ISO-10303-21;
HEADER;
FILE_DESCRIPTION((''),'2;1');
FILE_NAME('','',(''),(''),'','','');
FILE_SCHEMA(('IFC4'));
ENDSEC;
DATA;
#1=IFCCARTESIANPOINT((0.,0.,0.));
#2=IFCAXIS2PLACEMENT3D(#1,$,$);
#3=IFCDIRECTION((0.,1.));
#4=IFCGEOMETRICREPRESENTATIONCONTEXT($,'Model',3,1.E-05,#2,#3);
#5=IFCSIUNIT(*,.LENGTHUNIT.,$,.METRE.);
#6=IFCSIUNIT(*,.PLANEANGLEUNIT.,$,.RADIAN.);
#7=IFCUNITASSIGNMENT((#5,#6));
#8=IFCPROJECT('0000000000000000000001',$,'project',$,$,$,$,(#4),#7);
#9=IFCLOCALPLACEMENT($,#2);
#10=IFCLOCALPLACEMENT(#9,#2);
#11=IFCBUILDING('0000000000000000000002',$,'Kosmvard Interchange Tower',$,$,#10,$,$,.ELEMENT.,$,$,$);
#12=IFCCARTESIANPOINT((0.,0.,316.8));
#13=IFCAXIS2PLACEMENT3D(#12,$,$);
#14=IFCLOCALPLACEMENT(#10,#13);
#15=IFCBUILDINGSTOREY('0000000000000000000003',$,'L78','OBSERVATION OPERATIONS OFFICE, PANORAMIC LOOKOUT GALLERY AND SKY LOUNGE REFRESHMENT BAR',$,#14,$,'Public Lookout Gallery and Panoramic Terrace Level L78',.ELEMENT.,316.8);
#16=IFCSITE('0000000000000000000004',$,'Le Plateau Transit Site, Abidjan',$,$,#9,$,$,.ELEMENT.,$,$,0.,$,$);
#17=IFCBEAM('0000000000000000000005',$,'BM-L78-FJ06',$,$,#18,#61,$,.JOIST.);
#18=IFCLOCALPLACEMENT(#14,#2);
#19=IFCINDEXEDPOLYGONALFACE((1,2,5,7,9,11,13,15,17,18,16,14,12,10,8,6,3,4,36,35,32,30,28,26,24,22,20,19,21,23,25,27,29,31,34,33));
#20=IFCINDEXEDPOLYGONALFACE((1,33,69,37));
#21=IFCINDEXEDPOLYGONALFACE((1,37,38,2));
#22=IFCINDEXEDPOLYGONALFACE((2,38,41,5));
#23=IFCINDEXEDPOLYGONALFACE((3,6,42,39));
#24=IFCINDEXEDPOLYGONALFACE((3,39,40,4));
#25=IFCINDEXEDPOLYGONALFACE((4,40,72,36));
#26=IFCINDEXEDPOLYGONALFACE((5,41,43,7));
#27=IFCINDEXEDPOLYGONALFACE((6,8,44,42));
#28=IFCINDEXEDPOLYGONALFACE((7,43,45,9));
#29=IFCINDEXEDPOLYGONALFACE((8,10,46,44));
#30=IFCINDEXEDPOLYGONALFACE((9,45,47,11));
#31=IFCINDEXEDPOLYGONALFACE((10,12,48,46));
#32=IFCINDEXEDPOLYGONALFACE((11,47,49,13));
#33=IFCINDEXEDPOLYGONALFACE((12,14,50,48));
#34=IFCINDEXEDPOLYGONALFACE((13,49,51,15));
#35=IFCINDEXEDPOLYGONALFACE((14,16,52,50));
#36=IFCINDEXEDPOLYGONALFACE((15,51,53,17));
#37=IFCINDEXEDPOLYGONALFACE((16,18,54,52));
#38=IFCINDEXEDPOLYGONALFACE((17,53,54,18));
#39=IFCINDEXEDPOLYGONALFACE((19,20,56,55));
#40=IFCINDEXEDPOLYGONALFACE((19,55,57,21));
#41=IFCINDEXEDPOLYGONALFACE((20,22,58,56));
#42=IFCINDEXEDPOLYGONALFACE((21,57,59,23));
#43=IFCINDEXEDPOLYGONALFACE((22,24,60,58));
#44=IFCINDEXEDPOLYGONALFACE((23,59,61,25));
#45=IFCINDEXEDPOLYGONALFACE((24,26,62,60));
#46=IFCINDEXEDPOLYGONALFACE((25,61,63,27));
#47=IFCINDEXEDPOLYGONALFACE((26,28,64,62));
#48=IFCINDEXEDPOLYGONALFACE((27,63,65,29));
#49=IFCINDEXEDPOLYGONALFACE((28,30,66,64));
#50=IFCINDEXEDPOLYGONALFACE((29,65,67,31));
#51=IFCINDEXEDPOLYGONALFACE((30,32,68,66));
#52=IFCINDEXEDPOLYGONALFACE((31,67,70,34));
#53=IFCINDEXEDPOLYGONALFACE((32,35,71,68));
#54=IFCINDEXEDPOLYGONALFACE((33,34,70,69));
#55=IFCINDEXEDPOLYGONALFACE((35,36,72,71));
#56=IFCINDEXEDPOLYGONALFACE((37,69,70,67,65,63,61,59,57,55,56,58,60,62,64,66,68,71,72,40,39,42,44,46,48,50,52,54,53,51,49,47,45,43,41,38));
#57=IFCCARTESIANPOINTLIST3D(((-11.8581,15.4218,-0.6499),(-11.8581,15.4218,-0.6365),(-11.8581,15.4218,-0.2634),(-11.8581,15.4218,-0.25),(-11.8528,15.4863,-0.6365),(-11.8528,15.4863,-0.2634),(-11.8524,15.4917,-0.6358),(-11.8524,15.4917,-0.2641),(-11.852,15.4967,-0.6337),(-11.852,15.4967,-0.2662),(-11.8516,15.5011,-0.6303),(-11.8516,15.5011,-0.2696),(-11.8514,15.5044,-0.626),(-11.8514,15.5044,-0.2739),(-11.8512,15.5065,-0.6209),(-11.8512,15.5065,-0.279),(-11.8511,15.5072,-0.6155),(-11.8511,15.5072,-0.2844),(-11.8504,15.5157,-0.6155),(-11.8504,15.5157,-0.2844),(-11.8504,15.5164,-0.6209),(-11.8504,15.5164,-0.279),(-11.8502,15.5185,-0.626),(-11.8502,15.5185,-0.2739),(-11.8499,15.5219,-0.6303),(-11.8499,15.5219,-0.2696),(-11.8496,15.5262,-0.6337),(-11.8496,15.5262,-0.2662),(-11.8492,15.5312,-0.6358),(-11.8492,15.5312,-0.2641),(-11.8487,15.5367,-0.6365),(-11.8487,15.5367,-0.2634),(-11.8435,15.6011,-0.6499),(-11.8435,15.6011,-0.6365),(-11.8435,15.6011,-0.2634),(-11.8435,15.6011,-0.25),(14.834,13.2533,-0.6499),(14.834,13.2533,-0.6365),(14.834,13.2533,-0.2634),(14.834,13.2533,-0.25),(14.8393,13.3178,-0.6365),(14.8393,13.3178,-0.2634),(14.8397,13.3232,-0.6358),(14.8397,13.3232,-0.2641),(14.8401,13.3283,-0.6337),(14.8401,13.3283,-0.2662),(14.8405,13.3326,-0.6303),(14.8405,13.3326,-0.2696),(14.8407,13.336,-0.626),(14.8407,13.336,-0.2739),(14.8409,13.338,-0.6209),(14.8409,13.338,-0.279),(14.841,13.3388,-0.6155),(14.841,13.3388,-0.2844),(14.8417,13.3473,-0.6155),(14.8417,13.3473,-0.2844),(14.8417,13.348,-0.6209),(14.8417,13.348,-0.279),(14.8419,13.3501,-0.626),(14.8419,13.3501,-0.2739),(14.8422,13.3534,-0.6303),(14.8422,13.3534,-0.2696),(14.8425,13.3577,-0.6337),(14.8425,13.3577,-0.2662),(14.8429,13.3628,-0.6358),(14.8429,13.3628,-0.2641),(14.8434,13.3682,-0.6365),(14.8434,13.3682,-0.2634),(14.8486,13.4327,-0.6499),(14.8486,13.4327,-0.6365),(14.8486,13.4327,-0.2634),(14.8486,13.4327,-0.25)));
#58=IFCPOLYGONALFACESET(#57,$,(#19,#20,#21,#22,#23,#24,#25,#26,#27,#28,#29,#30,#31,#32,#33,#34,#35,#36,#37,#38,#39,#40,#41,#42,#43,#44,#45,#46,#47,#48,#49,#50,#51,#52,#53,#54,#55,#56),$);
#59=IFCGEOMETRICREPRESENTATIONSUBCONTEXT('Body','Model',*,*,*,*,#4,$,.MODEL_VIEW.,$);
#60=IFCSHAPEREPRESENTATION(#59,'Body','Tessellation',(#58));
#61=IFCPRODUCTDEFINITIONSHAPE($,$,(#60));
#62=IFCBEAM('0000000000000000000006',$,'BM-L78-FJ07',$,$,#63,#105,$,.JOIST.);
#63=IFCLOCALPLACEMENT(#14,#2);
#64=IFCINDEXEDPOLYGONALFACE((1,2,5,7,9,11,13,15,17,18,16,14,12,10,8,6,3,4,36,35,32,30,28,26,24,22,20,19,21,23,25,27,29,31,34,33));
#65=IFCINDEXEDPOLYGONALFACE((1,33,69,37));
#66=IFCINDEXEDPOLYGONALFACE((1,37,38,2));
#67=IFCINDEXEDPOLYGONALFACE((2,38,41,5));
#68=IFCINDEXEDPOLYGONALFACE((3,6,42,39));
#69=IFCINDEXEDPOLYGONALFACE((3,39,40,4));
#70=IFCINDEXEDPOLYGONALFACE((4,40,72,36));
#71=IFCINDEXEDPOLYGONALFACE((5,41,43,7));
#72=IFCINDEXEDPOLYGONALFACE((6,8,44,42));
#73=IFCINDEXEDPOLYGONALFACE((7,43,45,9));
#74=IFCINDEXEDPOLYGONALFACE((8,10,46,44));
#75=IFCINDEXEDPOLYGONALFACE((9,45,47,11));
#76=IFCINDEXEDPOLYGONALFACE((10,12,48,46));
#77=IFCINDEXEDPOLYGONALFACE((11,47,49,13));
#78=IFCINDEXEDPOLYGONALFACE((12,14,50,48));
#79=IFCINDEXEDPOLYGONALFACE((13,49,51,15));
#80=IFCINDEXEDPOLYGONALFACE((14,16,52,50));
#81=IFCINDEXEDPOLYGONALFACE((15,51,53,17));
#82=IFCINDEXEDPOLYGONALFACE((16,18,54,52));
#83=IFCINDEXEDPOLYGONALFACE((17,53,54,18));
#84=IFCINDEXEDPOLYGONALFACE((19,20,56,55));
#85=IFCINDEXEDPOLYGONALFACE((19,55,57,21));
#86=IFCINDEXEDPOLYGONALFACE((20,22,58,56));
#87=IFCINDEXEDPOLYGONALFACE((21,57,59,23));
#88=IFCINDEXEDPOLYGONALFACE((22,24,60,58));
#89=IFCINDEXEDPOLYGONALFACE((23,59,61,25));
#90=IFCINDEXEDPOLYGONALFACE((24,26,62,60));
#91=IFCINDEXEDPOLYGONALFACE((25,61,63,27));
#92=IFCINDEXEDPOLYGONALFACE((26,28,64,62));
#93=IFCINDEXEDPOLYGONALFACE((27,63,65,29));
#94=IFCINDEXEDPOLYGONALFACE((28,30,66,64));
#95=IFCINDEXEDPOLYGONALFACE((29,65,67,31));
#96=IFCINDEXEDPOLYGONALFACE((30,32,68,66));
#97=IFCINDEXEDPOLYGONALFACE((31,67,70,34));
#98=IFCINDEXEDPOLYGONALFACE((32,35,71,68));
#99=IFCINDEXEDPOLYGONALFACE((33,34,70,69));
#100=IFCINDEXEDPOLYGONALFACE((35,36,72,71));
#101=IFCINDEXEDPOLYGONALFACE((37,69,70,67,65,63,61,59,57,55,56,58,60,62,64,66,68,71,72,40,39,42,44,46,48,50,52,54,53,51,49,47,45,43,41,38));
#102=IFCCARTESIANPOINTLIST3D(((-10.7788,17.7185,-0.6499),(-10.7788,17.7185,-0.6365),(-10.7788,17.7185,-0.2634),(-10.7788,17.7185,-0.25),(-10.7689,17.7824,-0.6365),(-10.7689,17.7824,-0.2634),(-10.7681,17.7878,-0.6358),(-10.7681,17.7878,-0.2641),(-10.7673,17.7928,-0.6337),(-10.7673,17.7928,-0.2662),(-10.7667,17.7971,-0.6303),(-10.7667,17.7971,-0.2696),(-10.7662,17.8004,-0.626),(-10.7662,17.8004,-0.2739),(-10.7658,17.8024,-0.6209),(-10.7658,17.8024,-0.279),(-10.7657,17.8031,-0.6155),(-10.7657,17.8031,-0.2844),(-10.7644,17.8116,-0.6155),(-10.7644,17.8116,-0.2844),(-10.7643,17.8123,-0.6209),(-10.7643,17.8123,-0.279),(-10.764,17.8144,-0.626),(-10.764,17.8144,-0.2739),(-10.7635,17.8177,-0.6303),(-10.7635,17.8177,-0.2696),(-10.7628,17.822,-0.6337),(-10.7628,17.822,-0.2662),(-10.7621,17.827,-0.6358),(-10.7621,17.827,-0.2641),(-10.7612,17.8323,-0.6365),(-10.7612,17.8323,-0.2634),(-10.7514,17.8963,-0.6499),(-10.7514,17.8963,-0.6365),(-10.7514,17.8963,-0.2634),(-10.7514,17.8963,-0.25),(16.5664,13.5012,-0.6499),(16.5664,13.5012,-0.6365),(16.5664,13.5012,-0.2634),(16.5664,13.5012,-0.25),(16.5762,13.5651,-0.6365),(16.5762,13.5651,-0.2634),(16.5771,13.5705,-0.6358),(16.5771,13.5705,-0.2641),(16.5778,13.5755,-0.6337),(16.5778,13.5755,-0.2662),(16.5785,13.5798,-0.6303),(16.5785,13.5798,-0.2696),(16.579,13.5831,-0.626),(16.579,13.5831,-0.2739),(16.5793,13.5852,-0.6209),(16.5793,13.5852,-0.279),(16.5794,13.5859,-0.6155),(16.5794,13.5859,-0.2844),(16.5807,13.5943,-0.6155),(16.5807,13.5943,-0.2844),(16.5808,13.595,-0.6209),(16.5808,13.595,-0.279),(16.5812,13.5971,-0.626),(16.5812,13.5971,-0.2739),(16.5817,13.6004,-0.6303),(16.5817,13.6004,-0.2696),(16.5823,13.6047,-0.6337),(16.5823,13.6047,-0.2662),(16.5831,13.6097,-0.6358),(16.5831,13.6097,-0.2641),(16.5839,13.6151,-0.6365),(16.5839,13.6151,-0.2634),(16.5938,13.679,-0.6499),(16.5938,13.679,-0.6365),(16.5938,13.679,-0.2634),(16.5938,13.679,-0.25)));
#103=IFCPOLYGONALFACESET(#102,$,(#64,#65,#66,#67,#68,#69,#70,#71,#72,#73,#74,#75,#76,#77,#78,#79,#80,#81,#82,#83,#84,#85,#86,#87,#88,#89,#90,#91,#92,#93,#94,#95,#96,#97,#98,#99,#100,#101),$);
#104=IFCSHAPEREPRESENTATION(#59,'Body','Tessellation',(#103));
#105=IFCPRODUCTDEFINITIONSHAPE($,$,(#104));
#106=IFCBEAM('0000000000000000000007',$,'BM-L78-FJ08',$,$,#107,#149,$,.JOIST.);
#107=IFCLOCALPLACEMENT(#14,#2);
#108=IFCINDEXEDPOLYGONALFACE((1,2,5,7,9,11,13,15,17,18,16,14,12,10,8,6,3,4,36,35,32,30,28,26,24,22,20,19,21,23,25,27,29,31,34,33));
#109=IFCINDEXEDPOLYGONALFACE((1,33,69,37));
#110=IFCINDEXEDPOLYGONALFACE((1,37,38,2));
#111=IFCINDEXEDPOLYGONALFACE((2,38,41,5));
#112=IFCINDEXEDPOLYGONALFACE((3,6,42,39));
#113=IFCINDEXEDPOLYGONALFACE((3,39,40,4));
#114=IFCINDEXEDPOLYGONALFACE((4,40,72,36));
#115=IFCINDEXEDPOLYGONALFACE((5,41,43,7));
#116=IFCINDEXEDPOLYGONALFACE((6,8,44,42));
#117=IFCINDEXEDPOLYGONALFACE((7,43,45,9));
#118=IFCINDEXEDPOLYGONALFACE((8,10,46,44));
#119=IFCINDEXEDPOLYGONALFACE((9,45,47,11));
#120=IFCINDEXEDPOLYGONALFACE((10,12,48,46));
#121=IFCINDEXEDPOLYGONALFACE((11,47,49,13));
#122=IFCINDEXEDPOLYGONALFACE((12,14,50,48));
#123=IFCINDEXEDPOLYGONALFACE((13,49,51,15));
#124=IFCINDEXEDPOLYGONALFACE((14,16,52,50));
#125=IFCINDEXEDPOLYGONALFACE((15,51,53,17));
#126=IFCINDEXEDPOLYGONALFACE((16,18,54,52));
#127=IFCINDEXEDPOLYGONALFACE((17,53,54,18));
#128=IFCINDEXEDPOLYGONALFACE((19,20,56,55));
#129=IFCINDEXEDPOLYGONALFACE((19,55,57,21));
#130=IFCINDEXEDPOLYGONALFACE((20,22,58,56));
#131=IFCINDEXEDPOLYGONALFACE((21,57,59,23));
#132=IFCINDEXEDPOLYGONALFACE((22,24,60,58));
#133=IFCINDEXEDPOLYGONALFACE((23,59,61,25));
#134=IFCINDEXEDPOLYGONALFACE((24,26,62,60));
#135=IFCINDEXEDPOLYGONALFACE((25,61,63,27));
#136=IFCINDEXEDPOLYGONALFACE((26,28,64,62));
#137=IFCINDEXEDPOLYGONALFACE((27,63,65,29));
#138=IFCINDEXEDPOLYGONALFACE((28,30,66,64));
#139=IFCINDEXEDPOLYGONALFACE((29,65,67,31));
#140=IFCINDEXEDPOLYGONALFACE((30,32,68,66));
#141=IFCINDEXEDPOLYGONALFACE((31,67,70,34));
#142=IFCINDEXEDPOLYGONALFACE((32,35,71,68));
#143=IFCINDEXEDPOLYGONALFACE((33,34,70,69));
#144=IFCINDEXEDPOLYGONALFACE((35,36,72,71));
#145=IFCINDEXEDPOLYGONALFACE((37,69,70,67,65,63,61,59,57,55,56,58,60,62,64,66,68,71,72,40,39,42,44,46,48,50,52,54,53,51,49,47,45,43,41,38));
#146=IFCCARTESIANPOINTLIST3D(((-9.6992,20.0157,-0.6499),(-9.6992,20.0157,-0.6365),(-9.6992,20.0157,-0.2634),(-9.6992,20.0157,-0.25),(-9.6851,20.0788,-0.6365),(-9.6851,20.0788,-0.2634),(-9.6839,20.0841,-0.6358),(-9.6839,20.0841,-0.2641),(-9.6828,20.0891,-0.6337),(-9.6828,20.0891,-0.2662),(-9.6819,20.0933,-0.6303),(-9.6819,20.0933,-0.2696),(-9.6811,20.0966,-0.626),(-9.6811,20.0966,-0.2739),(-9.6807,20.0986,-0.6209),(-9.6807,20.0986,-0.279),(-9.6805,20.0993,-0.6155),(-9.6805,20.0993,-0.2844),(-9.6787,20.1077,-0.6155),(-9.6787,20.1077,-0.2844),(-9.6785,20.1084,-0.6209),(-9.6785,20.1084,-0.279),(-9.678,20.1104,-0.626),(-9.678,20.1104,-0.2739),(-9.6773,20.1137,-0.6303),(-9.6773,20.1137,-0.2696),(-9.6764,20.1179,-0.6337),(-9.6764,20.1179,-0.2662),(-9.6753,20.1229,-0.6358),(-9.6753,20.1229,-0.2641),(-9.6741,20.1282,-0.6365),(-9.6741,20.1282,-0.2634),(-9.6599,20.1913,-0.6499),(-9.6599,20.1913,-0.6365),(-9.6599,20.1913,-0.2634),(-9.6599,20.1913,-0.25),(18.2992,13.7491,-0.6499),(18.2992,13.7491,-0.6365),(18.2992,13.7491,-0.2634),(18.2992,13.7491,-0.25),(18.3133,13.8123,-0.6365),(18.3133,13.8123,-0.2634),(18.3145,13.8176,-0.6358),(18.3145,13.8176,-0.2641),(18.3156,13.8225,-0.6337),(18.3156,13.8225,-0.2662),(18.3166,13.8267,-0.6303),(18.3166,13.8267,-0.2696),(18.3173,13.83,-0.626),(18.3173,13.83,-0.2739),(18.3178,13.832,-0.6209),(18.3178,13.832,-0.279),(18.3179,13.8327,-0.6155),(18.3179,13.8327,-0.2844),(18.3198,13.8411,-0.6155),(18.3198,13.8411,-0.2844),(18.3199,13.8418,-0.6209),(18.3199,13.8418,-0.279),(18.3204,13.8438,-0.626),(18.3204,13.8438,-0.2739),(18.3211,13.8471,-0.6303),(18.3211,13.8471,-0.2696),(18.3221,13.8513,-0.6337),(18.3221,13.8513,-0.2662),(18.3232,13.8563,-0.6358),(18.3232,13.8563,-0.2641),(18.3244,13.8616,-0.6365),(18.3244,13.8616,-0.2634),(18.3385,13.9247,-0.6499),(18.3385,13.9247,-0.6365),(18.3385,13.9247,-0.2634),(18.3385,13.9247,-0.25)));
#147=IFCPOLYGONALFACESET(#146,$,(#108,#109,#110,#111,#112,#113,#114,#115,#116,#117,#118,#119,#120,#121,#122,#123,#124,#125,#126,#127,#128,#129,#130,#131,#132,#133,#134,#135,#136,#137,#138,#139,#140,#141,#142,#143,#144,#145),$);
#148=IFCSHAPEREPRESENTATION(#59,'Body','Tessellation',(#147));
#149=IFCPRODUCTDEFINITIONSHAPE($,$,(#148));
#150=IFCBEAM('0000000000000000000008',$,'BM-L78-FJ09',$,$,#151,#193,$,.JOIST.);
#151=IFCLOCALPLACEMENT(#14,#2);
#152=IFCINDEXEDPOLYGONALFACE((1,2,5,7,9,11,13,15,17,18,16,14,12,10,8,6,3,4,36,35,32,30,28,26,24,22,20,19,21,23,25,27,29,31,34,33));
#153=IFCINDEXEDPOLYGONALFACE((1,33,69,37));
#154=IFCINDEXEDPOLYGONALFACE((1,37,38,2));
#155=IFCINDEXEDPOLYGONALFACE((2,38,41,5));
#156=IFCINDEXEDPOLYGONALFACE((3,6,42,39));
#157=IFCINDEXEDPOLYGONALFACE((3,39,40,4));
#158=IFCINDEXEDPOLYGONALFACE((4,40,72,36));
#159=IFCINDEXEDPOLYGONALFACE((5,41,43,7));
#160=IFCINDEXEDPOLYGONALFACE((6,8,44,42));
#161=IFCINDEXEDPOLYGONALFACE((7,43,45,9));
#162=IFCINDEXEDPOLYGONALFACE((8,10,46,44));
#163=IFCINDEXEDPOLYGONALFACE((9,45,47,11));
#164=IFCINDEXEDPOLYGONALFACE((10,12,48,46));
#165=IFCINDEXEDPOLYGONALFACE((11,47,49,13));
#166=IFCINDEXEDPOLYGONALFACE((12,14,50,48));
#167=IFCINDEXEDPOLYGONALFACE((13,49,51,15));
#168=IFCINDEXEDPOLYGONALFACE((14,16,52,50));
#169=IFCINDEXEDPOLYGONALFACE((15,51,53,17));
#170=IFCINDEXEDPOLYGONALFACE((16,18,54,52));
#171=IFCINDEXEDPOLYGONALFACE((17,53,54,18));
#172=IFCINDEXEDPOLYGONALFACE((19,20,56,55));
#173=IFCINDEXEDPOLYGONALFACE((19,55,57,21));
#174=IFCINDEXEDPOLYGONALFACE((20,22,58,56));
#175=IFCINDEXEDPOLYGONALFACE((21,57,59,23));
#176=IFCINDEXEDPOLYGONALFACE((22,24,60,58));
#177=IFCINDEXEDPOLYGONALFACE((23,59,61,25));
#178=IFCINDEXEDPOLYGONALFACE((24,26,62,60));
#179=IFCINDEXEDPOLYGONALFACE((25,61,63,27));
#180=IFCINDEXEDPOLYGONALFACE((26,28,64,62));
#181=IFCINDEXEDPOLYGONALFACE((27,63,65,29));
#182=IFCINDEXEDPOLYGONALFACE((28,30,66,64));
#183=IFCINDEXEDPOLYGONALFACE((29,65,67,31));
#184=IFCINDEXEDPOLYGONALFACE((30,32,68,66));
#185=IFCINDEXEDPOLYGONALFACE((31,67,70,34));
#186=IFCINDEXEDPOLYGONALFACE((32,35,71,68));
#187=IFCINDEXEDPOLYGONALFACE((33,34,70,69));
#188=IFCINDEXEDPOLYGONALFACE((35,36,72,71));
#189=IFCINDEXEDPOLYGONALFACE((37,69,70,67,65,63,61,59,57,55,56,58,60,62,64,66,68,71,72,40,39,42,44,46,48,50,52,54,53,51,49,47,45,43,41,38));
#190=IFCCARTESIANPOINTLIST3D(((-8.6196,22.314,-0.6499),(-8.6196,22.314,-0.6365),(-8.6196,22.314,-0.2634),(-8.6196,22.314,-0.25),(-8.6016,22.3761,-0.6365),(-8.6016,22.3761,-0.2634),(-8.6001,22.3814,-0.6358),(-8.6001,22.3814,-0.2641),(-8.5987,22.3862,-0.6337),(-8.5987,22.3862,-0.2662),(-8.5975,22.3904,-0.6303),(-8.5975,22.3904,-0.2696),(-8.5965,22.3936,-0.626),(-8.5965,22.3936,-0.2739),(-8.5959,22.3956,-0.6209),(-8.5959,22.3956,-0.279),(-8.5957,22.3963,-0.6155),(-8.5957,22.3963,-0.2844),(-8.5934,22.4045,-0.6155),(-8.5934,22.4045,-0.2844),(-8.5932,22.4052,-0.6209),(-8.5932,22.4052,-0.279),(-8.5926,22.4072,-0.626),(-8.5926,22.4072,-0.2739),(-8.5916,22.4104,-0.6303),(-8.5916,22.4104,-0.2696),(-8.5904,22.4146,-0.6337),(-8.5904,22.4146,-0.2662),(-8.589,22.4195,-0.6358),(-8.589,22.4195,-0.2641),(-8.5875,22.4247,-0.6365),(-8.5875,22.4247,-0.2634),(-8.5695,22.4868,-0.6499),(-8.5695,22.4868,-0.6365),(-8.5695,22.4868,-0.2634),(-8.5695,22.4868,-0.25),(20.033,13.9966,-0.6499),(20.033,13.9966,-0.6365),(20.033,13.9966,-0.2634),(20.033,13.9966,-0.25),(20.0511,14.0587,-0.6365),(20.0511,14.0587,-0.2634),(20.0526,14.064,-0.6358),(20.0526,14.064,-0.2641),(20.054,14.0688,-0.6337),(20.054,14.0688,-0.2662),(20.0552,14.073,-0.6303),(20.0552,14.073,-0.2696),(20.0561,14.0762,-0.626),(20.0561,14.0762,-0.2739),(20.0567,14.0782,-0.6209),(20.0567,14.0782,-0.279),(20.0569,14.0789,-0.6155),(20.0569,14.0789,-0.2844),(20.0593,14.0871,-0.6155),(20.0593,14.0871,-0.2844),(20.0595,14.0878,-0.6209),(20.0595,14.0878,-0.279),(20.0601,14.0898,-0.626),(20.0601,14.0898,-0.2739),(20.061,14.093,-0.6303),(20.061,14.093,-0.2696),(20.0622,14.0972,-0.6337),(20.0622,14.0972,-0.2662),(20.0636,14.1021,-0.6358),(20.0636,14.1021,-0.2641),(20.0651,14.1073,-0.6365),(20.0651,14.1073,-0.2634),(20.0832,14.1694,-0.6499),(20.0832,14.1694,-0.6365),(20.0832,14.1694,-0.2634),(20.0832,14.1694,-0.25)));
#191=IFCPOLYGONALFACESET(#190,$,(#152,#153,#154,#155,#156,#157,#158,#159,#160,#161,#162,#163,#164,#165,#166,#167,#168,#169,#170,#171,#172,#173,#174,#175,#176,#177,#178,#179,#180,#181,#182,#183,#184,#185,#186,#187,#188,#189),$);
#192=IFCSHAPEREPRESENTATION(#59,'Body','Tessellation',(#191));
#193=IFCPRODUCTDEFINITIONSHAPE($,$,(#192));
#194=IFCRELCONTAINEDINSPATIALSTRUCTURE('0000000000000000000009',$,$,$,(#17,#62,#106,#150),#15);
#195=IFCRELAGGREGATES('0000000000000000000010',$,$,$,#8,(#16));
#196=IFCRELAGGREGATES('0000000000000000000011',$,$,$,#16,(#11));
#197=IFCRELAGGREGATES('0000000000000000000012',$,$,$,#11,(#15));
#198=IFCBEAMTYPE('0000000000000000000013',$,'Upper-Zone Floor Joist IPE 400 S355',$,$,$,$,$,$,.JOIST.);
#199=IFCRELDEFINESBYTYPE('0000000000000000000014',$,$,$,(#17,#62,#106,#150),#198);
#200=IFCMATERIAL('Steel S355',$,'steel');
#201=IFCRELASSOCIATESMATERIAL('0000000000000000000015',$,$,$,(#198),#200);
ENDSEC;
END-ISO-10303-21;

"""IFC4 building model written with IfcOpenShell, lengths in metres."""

from ifc_helpers import new_model, si_unit, direction, frame, origin, origin_2d, place, context, subcontext, project, spatial, i_section, extrude, source, transform, mapped, material, material_profile, profile_set, type_object, element, save


model = new_model("IFC4")

# Units and contexts
model_context = context("Model", 3, precision=1e-05, world=origin(), true_north=direction((0.0, 1.0)))
body_context = subcontext(model_context, "Body", "Model", "MODEL_VIEW")
ifc_project = project(units=[si_unit("LENGTHUNIT", "METRE"), si_unit("PLANEANGLEUNIT", "RADIAN")], contexts=[model_context])

# Site, building, storey
site_placement = place(None, origin())
site = spatial("IfcSite", under=ifc_project, at=site_placement, Name="Le Plateau Transit Site, Abidjan", CompositionType="ELEMENT", RefElevation=0.0)
building_placement = place(site_placement, origin())
building = spatial("IfcBuilding", under=site, at=building_placement, Name="Kosmvard Interchange Tower", CompositionType="ELEMENT")
storey_placement = place(building_placement, frame((0.0, 0.0, 316.8)))
storey = spatial("IfcBuildingStorey", under=building, at=storey_placement, Name="L78", Description="OBSERVATION OPERATIONS OFFICE, PANORAMIC LOOKOUT GALLERY AND SKY LOUNGE REFRESHMENT BAR", LongName="Public Lookout Gallery and Panoramic Terrace Level L78", CompositionType="ELEMENT", Elevation=316.8)

# Beams
ifc_material_1 = material(Name="Steel S355", Category="steel")
ifc_material_profile_1 = material_profile(ifc_material_1, i_section(OverallWidth=0.1799, OverallDepth=0.3999, WebThickness=0.0085, FlangeThickness=0.0134, FilletRadius=0.021, at=origin_2d()), Name="IPE 400")
ifc_profile_set_1 = profile_set([ifc_material_profile_1], Name="Steel S355")
beam_type_1 = type_object("IfcBeamType", Name="Upper-Zone Floor Joist IPE 400 S355", PredefinedType="JOIST", material=ifc_profile_set_1)
shared_shape_1 = source(origin(), body_context, "Body", "SweptSolid", [
    extrude(i_section(OverallWidth=0.1799, OverallDepth=0.3999, WebThickness=0.0085, FlangeThickness=0.0134, FilletRadius=0.021, at=origin_2d()), origin(), (0.0, 0.0, 1.0), 26.78),
])
beam_1_placement = place(storey_placement, frame((14.8413, 13.343, -0.45), z_axis=(-0.996716, 0.080973, 0.0), x_axis=(-0.080973, -0.996716, 0.0)))
element("IfcBeam", 1, at=beam_1_placement, inside=storey, type_object=beam_type_1, Name="BM-L78-FJ06", PredefinedType="JOIST", context=body_context, shape_type="MappedRepresentation", body=[
    mapped(shared_shape_1, transform((0.0, 0.0, 0.0), scale=1.0)),
])
shared_shape_2 = source(origin(), body_context, "Body", "SweptSolid", [
    extrude(i_section(OverallWidth=0.1799, OverallDepth=0.3999, WebThickness=0.0085, FlangeThickness=0.0134, FilletRadius=0.021, at=origin_2d()), origin(), (0.0, 0.0, 1.0), 27.6685),
])
beam_2_placement = place(storey_placement, frame((16.5801, 13.5901, -0.45), z_axis=(-0.988316, 0.152422, 0.0), x_axis=(-0.152422, -0.988316, 0.0)))
element("IfcBeam", 2, at=beam_2_placement, inside=storey, type_object=beam_type_1, Name="BM-L78-FJ07", PredefinedType="JOIST", context=body_context, shape_type="MappedRepresentation", body=[
    mapped(shared_shape_2, transform((0.0, 0.0, 0.0), scale=1.0)),
])
shared_shape_3 = source(origin(), body_context, "Body", "SweptSolid", [
    extrude(i_section(OverallWidth=0.1799, OverallDepth=0.3999, WebThickness=0.0085, FlangeThickness=0.0134, FilletRadius=0.021, at=origin_2d()), origin(), (0.0, 0.0, 1.0), 28.6912),
])
beam_3_placement = place(storey_placement, frame((18.3188, 13.8369, -0.45), z_axis=(-0.975856, 0.218415, 0.0), x_axis=(-0.218415, -0.975856, 0.0)))
element("IfcBeam", 3, at=beam_3_placement, inside=storey, type_object=beam_type_1, Name="BM-L78-FJ08", PredefinedType="JOIST", context=body_context, shape_type="MappedRepresentation", body=[
    mapped(shared_shape_3, transform((0.0, 0.0, 0.0), scale=1.0)),
])
shared_shape_4 = source(origin(), body_context, "Body", "SweptSolid", [
    extrude(i_section(OverallWidth=0.1799, OverallDepth=0.3999, WebThickness=0.0085, FlangeThickness=0.0134, FilletRadius=0.021, at=origin_2d()), origin(), (0.0, 0.0, 1.0), 29.8354),
])
beam_4_placement = place(storey_placement, frame((20.0581, 14.083, -0.45), z_axis=(-0.960356, 0.278776, 0.0), x_axis=(-0.278776, -0.960356, 0.0)))
element("IfcBeam", 4, at=beam_4_placement, inside=storey, type_object=beam_type_1, Name="BM-L78-FJ09", PredefinedType="JOIST", context=body_context, shape_type="MappedRepresentation", body=[
    mapped(shared_shape_4, transform((0.0, 0.0, 0.0), scale=1.0)),
])

save(model, "model.ifc")
